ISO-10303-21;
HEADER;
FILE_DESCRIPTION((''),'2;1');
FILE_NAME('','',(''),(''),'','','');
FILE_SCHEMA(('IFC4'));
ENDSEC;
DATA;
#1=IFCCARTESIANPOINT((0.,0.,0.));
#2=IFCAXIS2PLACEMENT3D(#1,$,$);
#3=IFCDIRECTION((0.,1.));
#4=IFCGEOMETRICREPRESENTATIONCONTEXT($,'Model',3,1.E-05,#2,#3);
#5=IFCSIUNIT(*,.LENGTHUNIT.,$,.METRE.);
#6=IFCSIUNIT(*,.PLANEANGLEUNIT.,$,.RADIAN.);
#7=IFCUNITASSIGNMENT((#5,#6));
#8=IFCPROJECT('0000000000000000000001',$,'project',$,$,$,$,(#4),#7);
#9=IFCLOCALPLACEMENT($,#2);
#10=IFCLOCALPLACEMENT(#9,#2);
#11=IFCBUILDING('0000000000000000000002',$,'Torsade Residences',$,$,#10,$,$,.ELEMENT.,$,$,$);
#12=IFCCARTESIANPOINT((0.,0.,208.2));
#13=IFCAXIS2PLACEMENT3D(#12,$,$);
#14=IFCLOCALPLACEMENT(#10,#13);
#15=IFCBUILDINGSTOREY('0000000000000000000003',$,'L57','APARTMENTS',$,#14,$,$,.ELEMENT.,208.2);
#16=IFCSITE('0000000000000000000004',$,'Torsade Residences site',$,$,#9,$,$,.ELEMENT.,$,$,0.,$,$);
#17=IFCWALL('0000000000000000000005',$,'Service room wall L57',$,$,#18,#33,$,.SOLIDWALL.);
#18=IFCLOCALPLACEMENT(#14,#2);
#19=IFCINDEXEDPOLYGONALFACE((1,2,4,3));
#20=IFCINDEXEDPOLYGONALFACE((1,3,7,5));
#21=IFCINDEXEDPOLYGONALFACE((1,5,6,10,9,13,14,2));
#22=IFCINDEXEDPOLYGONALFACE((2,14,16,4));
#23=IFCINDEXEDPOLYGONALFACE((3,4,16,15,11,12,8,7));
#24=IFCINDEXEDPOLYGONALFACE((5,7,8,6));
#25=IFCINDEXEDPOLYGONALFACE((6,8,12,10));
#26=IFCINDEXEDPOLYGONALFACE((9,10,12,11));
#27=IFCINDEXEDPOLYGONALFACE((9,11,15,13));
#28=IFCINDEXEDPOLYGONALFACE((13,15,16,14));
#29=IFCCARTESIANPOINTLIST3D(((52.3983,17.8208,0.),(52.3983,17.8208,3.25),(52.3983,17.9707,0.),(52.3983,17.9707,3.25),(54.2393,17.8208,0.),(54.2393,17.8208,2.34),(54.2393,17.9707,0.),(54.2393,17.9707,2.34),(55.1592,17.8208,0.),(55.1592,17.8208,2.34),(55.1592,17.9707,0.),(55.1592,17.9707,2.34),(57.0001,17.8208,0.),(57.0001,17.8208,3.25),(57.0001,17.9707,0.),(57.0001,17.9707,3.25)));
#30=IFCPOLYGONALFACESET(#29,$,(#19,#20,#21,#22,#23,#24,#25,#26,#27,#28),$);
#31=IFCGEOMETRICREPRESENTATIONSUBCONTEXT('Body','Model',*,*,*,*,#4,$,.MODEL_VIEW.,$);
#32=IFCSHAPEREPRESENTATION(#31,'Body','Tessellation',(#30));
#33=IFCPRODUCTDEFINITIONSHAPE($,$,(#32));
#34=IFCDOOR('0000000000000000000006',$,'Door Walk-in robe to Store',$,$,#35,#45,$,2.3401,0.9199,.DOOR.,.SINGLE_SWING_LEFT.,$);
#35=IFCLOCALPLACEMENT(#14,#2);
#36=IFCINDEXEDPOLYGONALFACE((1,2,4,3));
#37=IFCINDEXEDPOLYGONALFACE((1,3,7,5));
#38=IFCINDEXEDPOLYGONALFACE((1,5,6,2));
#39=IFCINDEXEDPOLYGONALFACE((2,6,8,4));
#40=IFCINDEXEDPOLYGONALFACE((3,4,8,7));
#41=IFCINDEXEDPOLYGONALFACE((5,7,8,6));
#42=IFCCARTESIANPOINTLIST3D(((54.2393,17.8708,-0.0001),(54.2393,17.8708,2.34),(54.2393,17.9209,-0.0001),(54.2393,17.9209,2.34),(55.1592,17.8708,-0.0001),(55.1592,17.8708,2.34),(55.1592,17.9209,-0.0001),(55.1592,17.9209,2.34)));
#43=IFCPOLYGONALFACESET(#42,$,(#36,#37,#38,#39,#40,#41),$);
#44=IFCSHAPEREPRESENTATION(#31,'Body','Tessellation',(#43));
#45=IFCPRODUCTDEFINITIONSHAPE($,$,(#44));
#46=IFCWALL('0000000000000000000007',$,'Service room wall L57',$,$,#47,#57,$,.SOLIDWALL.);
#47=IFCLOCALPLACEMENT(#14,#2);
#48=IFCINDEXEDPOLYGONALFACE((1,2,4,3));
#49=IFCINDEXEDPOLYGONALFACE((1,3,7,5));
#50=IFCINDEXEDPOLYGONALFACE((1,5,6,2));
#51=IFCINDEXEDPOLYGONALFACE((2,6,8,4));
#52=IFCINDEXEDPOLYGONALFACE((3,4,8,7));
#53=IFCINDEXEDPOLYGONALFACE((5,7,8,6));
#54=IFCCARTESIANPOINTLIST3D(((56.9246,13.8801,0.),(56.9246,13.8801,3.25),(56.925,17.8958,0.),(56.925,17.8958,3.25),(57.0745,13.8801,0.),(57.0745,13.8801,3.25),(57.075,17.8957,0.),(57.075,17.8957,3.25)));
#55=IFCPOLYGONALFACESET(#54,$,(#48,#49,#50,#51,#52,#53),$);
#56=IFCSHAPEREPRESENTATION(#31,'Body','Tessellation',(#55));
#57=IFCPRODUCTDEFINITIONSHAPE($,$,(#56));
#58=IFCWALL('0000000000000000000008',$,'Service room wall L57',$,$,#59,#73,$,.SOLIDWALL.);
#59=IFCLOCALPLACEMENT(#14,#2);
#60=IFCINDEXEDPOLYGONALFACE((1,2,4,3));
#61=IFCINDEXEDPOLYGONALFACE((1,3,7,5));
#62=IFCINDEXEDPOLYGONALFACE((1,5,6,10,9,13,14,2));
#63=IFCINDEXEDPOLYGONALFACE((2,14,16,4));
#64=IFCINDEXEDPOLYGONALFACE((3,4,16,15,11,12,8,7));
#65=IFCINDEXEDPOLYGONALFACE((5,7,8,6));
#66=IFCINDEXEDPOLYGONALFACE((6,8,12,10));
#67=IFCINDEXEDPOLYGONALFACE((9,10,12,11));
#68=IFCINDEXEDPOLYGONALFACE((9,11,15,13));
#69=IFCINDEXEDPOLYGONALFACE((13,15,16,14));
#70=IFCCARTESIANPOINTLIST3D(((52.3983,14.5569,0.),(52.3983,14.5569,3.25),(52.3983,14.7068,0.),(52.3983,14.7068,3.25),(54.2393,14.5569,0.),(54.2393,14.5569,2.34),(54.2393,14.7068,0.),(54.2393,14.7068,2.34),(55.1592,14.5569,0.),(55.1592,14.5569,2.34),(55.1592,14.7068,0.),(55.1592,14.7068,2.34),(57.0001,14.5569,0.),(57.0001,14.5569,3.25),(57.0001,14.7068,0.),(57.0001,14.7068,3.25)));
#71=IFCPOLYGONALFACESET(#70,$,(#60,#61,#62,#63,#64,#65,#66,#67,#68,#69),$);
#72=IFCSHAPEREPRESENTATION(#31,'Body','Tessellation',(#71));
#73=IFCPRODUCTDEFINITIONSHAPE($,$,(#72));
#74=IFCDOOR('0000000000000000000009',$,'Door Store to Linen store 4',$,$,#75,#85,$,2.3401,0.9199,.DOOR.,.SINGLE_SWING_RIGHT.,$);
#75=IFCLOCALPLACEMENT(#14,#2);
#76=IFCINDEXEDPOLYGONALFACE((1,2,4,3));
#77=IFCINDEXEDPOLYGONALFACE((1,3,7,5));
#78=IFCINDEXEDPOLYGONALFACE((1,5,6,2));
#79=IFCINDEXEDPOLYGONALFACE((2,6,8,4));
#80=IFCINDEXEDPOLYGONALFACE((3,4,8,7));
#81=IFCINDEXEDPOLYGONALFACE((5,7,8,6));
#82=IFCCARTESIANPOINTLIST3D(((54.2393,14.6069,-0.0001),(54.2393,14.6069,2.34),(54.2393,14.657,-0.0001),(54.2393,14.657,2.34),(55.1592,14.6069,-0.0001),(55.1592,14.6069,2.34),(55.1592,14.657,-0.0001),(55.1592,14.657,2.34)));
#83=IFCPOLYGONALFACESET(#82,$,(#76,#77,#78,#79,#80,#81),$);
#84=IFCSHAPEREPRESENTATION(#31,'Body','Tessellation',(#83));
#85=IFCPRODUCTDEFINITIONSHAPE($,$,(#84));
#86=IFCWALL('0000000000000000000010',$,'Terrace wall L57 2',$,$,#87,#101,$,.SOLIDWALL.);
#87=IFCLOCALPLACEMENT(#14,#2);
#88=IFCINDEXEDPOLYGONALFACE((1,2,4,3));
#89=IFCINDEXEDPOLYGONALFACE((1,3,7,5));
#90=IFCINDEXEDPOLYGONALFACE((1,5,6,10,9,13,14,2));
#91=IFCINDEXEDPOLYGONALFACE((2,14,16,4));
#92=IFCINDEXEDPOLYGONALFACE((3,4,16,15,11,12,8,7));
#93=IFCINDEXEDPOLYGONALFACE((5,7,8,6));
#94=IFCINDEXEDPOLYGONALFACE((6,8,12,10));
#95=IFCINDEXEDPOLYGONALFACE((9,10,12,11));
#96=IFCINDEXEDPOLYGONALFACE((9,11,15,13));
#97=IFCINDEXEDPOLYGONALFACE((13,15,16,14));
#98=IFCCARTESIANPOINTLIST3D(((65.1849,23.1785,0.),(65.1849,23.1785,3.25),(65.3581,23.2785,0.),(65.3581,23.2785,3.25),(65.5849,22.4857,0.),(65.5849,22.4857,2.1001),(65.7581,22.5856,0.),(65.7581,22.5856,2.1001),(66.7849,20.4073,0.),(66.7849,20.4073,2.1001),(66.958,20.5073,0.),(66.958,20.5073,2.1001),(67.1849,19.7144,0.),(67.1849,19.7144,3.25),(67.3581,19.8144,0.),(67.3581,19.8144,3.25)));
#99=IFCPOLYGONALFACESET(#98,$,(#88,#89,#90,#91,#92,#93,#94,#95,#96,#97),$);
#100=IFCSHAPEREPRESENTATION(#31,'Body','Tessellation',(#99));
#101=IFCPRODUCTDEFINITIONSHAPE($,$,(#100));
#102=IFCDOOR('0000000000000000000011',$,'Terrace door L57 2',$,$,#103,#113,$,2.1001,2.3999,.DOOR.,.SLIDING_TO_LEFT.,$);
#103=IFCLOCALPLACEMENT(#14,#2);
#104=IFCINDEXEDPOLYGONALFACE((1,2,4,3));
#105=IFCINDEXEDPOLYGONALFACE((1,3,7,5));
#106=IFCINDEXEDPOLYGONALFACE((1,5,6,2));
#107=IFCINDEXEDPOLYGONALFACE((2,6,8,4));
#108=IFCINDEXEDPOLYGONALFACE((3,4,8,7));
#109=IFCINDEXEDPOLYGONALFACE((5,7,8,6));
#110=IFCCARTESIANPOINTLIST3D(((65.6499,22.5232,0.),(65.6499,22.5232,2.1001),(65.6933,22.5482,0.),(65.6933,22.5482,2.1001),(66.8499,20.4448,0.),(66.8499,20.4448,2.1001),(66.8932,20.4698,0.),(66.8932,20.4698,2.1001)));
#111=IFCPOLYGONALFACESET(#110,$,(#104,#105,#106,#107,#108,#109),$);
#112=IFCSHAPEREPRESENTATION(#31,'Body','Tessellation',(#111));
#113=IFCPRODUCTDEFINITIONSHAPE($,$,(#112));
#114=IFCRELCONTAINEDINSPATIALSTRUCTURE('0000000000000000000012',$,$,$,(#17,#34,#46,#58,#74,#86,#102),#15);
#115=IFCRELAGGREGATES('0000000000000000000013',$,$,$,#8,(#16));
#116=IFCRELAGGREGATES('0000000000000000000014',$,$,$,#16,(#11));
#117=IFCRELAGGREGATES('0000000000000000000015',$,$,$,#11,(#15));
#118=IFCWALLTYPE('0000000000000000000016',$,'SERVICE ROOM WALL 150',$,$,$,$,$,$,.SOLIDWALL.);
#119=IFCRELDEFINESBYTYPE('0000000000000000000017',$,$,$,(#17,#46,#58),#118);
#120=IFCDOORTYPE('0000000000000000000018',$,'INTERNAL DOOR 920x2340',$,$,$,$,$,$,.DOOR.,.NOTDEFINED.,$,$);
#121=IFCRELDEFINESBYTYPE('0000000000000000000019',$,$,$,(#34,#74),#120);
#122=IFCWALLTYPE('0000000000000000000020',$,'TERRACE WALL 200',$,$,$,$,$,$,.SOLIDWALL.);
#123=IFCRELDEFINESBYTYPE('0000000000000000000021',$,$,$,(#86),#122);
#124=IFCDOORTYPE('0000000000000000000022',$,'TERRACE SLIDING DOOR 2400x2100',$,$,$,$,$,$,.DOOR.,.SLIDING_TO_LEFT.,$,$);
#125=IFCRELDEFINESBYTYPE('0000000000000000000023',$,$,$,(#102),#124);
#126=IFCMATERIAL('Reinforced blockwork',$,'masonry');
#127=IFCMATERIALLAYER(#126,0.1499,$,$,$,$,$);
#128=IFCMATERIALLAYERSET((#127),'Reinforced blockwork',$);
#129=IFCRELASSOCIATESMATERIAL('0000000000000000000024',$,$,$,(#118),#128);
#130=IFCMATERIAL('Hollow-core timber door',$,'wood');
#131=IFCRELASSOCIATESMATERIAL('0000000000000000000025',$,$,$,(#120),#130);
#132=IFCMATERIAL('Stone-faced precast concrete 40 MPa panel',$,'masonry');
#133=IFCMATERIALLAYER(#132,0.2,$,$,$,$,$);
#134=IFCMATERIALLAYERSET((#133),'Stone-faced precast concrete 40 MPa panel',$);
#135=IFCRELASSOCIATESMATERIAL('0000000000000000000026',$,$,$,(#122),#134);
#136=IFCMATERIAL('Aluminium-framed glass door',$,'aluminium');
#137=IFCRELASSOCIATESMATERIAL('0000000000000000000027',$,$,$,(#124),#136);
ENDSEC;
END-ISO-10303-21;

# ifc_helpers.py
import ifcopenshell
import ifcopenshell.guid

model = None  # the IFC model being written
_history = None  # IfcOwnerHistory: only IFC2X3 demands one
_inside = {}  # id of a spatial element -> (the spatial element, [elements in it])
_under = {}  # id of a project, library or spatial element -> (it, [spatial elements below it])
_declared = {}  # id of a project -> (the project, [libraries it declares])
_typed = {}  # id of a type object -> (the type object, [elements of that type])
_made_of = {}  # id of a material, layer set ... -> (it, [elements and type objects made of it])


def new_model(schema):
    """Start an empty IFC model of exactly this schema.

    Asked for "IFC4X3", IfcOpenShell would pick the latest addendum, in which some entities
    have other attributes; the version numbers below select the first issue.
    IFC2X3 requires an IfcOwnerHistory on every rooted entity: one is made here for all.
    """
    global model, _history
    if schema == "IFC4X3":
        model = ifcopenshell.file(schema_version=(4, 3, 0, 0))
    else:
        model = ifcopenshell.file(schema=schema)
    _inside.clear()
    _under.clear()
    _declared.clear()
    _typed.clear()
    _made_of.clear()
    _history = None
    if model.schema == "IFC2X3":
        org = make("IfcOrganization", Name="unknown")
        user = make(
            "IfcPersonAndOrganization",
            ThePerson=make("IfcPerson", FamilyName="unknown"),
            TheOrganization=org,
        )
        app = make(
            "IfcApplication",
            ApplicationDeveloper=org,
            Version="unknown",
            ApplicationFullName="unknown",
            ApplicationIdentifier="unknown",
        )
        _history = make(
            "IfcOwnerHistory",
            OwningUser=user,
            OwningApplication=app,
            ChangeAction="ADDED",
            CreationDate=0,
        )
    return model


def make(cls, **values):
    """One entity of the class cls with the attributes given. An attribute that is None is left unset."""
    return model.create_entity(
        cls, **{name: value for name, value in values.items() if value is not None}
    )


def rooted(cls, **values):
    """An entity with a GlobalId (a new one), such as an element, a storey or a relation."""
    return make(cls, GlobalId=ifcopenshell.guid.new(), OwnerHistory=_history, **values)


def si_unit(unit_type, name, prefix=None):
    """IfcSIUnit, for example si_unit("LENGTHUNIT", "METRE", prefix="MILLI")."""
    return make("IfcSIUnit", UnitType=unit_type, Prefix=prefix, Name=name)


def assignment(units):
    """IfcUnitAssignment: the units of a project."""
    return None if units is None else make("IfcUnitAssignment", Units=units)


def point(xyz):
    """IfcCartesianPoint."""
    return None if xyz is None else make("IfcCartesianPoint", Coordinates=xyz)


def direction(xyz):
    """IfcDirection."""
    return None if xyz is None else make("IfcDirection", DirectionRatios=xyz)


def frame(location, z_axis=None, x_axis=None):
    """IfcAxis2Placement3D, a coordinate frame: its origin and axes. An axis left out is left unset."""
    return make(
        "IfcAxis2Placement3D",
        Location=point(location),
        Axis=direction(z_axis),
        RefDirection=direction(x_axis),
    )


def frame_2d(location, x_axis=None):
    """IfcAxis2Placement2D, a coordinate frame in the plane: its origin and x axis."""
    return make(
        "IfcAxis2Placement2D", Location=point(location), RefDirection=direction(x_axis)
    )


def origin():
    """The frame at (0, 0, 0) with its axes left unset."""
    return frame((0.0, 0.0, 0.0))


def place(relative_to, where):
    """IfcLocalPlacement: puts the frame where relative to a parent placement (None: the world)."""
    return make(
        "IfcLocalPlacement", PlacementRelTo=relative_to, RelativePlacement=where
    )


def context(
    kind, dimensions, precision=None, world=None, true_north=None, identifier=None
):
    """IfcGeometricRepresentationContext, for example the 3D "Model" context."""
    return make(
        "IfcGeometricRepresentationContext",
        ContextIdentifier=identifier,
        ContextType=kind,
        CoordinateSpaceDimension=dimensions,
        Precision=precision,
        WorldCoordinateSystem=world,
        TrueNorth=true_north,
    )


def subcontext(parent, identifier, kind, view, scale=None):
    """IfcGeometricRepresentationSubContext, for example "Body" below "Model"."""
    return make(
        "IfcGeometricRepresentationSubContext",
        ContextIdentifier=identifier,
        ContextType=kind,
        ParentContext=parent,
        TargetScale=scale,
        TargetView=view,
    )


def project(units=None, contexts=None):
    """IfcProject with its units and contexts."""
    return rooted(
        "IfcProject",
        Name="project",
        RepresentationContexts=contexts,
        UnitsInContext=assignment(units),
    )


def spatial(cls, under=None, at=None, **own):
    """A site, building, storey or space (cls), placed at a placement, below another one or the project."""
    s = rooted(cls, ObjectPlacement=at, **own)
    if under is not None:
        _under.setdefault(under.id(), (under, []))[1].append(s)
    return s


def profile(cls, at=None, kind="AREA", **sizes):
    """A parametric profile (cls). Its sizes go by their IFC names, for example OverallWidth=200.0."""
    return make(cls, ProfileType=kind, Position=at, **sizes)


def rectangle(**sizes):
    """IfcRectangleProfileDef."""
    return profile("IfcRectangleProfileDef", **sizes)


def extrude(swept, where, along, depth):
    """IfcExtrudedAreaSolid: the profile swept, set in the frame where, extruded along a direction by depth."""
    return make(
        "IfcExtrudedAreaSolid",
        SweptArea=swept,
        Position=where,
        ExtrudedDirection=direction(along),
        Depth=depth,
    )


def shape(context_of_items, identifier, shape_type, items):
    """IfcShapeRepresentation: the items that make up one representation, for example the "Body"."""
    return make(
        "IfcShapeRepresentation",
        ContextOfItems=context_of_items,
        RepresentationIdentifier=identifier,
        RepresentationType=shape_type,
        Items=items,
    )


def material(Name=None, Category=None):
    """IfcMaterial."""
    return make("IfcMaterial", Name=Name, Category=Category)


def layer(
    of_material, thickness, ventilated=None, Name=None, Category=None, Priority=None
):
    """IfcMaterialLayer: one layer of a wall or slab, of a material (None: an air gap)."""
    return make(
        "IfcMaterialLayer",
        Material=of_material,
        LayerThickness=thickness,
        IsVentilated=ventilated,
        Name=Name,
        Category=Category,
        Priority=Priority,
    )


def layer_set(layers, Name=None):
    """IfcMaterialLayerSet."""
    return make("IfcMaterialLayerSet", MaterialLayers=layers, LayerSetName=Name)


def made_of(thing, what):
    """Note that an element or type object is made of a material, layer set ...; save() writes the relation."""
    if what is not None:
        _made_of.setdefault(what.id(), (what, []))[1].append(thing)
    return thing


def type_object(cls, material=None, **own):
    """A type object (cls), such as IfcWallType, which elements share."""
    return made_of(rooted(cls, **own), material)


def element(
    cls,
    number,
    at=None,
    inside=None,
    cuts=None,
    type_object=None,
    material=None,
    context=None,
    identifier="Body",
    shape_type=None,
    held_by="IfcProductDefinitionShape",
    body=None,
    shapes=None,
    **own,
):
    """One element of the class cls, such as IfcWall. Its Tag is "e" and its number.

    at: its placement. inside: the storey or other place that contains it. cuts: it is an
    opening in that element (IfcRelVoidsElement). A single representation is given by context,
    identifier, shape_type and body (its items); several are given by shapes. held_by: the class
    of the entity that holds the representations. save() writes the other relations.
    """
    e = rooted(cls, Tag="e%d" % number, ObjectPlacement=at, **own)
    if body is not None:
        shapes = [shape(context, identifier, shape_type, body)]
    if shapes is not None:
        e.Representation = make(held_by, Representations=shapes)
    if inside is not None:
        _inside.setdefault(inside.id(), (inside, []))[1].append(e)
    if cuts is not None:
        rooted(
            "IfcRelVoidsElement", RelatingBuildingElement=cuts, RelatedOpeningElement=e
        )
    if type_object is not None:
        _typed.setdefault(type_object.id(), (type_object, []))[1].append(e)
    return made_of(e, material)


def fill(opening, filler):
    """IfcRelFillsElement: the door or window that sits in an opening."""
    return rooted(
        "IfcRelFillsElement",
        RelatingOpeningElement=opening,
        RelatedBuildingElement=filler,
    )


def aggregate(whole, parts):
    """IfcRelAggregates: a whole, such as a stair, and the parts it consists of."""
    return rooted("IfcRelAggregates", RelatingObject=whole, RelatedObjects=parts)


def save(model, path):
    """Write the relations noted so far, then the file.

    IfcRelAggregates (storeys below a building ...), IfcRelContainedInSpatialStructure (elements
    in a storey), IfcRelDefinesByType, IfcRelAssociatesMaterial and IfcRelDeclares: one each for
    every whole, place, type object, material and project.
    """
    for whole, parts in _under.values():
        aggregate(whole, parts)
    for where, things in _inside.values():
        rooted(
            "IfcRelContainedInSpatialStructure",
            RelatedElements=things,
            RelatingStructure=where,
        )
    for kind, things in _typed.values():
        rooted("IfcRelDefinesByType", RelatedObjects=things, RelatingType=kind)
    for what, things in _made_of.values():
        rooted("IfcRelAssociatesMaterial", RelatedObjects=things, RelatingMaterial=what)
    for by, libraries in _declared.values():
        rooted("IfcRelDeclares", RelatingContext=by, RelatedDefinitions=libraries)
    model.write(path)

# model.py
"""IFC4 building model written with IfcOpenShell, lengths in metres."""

from ifc_helpers import new_model, si_unit, direction, frame, frame_2d, origin, place, context, subcontext, project, spatial, rectangle, extrude, material, layer, layer_set, type_object, element, fill, save


model = new_model("IFC4")

# Units and contexts
model_context = context("Model", 3, precision=1e-05, world=origin(), true_north=direction((0.0, 1.0)))
body_context = subcontext(model_context, "Body", "Model", "MODEL_VIEW")
ifc_project = project(units=[si_unit("LENGTHUNIT", "METRE"), si_unit("PLANEANGLEUNIT", "RADIAN")], contexts=[model_context])

# Site, building, storey
site_placement = place(None, origin())
site = spatial("IfcSite", under=ifc_project, at=site_placement, Name="Torsade Residences site", CompositionType="ELEMENT", RefElevation=0.0)
building_placement = place(site_placement, origin())
building = spatial("IfcBuilding", under=site, at=building_placement, Name="Torsade Residences", CompositionType="ELEMENT")
storey_placement = place(building_placement, frame((0.0, 0.0, 208.2)))
storey = spatial("IfcBuildingStorey", under=building, at=storey_placement, Name="L57", Description="APARTMENTS", CompositionType="ELEMENT", Elevation=208.2)

# Shared definitions
ifc_material_1 = material(Name="Reinforced blockwork", Category="masonry")
ifc_layer_1 = layer(ifc_material_1, 0.1499)
ifc_layer_set_1 = layer_set([ifc_layer_1], Name="Reinforced blockwork")
wall_type_1 = type_object("IfcWallType", Name="SERVICE ROOM WALL 150", PredefinedType="SOLIDWALL", material=ifc_layer_set_1)
ifc_material_2 = material(Name="Hollow-core timber door", Category="wood")
door_type_1 = type_object("IfcDoorType", Name="INTERNAL DOOR 920x2340", OperationType="NOTDEFINED", PredefinedType="DOOR", material=ifc_material_2)

# Wall, opening, door
wall_1_placement = place(storey_placement, frame((57.0, 17.8958, 0.0), z_axis=(0.0, 0.0, 1.0), x_axis=(-1.0, 0.0, 0.0)))
wall_1 = element("IfcWall", 1, at=wall_1_placement, inside=storey, type_object=wall_type_1, Name="Service room wall L57", PredefinedType="SOLIDWALL", context=body_context, shape_type="SweptSolid", body=[
    extrude(rectangle(XDim=4.6018, YDim=0.1499, at=frame_2d((2.3008, 0.0))), origin(), (0.0, 0.0, 1.0), 3.25),
])
opening_1_placement = place(wall_1_placement, frame((1.8408, 0.0, 0.0)))
opening_1 = element("IfcOpeningElement", 2, at=opening_1_placement, cuts=wall_1, PredefinedType="OPENING", context=body_context, shape_type="SweptSolid", body=[
    extrude(rectangle(XDim=0.9199, YDim=2.3401, at=frame_2d((0.46, 1.1699))), frame((0.0, 0.085, 0.0), z_axis=(0.0, -1.0, 0.0), x_axis=(1.0, 0.0, 0.0)), (0.0, 0.0, 1.0), 0.1699),
])
door_1_placement = place(opening_1_placement, origin())
door_1 = element("IfcDoor", 3, at=door_1_placement, inside=storey, type_object=door_type_1, Name="Door Walk-in robe to Store", OperationType="SINGLE_SWING_LEFT", OverallHeight=2.3401, OverallWidth=0.9199, PredefinedType="DOOR", context=body_context, shape_type="SweptSolid", body=[
    extrude(rectangle(XDim=0.9199, YDim=2.3401, at=frame_2d((0.46, 1.1699))), frame((0.0, 0.0249, 0.0), z_axis=(0.0, -1.0, 0.0), x_axis=(1.0, 0.0, 0.0)), (0.0, 0.0, 1.0), 0.05),
])
fill(opening_1, door_1)

# Wall
wall_2_placement = place(storey_placement, frame((57.0, 17.8958, 0.0), z_axis=(0.0, 0.0, 1.0), x_axis=(-0.000122, -1.0, 0.0)))
element("IfcWall", 4, at=wall_2_placement, inside=storey, type_object=wall_type_1, Name="Service room wall L57", PredefinedType="SOLIDWALL", context=body_context, shape_type="SweptSolid", body=[
    extrude(rectangle(XDim=4.0156, YDim=0.1499, at=frame_2d((2.0078, 0.0))), origin(), (0.0, 0.0, 1.0), 3.25),
])

# Walls, openings, doors
wall_3_placement = place(storey_placement, frame((57.0, 14.6318, 0.0), z_axis=(0.0, 0.0, 1.0), x_axis=(-1.0, 0.0, 0.0)))
wall_3 = element("IfcWall", 5, at=wall_3_placement, inside=storey, type_object=wall_type_1, Name="Service room wall L57", PredefinedType="SOLIDWALL", context=body_context, shape_type="SweptSolid", body=[
    extrude(rectangle(XDim=4.6018, YDim=0.1499, at=frame_2d((2.3008, 0.0))), origin(), (0.0, 0.0, 1.0), 3.25),
])
opening_2_placement = place(wall_3_placement, frame((1.8408, 0.0, 0.0)))
opening_2 = element("IfcOpeningElement", 6, at=opening_2_placement, cuts=wall_3, PredefinedType="OPENING", context=body_context, shape_type="SweptSolid", body=[
    extrude(rectangle(XDim=0.9199, YDim=2.3401, at=frame_2d((0.46, 1.1699))), frame((0.0, 0.085, 0.0), z_axis=(0.0, -1.0, 0.0), x_axis=(1.0, 0.0, 0.0)), (0.0, 0.0, 1.0), 0.1699),
])
door_2_placement = place(opening_2_placement, origin())
door_2 = element("IfcDoor", 7, at=door_2_placement, inside=storey, type_object=door_type_1, Name="Door Store to Linen store 4", OperationType="SINGLE_SWING_RIGHT", OverallHeight=2.3401, OverallWidth=0.9199, PredefinedType="DOOR", context=body_context, shape_type="SweptSolid", body=[
    extrude(rectangle(XDim=0.9199, YDim=2.3401, at=frame_2d((0.46, 1.1699))), frame((0.0, 0.0249, 0.0), z_axis=(0.0, -1.0, 0.0), x_axis=(1.0, 0.0, 0.0)), (0.0, 0.0, 1.0), 0.05),
])
fill(opening_2, door_2)
ifc_material_3 = material(Name="Stone-faced precast concrete 40 MPa panel", Category="masonry")
ifc_layer_2 = layer(ifc_material_3, 0.2)
ifc_layer_set_2 = layer_set([ifc_layer_2], Name="Stone-faced precast concrete 40 MPa panel")
wall_type_2 = type_object("IfcWallType", Name="TERRACE WALL 200", PredefinedType="SOLIDWALL", material=ifc_layer_set_2)
wall_4_placement = place(storey_placement, frame((67.2715, 19.7644, 0.0), z_axis=(0.0, 0.0, 1.0), x_axis=(-0.499999, 0.866026, 0.0)))
wall_4 = element("IfcWall", 8, at=wall_4_placement, inside=storey, type_object=wall_type_2, Name="Terrace wall L57 2", PredefinedType="SOLIDWALL", context=body_context, shape_type="SweptSolid", body=[
    extrude(rectangle(XDim=4.0, YDim=0.2, at=frame_2d((2.0, 0.0))), origin(), (0.0, 0.0, 1.0), 3.25),
])
opening_3_placement = place(wall_4_placement, frame((0.8, 0.0, 0.0)))
opening_3 = element("IfcOpeningElement", 9, at=opening_3_placement, cuts=wall_4, PredefinedType="OPENING", context=body_context, shape_type="SweptSolid", body=[
    extrude(rectangle(XDim=2.3999, YDim=2.1001, at=frame_2d((1.2, 1.05))), frame((0.0, 0.1099, 0.0), z_axis=(0.0, -1.0, 0.0), x_axis=(1.0, 0.0, 0.0)), (0.0, 0.0, 1.0), 0.22),
])
ifc_material_4 = material(Name="Aluminium-framed glass door", Category="aluminium")
door_type_2 = type_object("IfcDoorType", Name="TERRACE SLIDING DOOR 2400x2100", OperationType="SLIDING_TO_LEFT", PredefinedType="DOOR", material=ifc_material_4)
door_3_placement = place(opening_3_placement, origin())
door_3 = element("IfcDoor", 10, at=door_3_placement, inside=storey, type_object=door_type_2, Name="Terrace door L57 2", OperationType="SLIDING_TO_LEFT", OverallHeight=2.1001, OverallWidth=2.3999, PredefinedType="DOOR", context=body_context, shape_type="SweptSolid", body=[
    extrude(rectangle(XDim=2.3999, YDim=2.1001, at=frame_2d((1.2, 1.05))), frame((0.0, 0.0249, 0.0), z_axis=(0.0, -1.0, 0.0), x_axis=(1.0, 0.0, 0.0)), (0.0, 0.0, 1.0), 0.05),
])
fill(opening_3, door_3)

save(model, "model.ifc")
